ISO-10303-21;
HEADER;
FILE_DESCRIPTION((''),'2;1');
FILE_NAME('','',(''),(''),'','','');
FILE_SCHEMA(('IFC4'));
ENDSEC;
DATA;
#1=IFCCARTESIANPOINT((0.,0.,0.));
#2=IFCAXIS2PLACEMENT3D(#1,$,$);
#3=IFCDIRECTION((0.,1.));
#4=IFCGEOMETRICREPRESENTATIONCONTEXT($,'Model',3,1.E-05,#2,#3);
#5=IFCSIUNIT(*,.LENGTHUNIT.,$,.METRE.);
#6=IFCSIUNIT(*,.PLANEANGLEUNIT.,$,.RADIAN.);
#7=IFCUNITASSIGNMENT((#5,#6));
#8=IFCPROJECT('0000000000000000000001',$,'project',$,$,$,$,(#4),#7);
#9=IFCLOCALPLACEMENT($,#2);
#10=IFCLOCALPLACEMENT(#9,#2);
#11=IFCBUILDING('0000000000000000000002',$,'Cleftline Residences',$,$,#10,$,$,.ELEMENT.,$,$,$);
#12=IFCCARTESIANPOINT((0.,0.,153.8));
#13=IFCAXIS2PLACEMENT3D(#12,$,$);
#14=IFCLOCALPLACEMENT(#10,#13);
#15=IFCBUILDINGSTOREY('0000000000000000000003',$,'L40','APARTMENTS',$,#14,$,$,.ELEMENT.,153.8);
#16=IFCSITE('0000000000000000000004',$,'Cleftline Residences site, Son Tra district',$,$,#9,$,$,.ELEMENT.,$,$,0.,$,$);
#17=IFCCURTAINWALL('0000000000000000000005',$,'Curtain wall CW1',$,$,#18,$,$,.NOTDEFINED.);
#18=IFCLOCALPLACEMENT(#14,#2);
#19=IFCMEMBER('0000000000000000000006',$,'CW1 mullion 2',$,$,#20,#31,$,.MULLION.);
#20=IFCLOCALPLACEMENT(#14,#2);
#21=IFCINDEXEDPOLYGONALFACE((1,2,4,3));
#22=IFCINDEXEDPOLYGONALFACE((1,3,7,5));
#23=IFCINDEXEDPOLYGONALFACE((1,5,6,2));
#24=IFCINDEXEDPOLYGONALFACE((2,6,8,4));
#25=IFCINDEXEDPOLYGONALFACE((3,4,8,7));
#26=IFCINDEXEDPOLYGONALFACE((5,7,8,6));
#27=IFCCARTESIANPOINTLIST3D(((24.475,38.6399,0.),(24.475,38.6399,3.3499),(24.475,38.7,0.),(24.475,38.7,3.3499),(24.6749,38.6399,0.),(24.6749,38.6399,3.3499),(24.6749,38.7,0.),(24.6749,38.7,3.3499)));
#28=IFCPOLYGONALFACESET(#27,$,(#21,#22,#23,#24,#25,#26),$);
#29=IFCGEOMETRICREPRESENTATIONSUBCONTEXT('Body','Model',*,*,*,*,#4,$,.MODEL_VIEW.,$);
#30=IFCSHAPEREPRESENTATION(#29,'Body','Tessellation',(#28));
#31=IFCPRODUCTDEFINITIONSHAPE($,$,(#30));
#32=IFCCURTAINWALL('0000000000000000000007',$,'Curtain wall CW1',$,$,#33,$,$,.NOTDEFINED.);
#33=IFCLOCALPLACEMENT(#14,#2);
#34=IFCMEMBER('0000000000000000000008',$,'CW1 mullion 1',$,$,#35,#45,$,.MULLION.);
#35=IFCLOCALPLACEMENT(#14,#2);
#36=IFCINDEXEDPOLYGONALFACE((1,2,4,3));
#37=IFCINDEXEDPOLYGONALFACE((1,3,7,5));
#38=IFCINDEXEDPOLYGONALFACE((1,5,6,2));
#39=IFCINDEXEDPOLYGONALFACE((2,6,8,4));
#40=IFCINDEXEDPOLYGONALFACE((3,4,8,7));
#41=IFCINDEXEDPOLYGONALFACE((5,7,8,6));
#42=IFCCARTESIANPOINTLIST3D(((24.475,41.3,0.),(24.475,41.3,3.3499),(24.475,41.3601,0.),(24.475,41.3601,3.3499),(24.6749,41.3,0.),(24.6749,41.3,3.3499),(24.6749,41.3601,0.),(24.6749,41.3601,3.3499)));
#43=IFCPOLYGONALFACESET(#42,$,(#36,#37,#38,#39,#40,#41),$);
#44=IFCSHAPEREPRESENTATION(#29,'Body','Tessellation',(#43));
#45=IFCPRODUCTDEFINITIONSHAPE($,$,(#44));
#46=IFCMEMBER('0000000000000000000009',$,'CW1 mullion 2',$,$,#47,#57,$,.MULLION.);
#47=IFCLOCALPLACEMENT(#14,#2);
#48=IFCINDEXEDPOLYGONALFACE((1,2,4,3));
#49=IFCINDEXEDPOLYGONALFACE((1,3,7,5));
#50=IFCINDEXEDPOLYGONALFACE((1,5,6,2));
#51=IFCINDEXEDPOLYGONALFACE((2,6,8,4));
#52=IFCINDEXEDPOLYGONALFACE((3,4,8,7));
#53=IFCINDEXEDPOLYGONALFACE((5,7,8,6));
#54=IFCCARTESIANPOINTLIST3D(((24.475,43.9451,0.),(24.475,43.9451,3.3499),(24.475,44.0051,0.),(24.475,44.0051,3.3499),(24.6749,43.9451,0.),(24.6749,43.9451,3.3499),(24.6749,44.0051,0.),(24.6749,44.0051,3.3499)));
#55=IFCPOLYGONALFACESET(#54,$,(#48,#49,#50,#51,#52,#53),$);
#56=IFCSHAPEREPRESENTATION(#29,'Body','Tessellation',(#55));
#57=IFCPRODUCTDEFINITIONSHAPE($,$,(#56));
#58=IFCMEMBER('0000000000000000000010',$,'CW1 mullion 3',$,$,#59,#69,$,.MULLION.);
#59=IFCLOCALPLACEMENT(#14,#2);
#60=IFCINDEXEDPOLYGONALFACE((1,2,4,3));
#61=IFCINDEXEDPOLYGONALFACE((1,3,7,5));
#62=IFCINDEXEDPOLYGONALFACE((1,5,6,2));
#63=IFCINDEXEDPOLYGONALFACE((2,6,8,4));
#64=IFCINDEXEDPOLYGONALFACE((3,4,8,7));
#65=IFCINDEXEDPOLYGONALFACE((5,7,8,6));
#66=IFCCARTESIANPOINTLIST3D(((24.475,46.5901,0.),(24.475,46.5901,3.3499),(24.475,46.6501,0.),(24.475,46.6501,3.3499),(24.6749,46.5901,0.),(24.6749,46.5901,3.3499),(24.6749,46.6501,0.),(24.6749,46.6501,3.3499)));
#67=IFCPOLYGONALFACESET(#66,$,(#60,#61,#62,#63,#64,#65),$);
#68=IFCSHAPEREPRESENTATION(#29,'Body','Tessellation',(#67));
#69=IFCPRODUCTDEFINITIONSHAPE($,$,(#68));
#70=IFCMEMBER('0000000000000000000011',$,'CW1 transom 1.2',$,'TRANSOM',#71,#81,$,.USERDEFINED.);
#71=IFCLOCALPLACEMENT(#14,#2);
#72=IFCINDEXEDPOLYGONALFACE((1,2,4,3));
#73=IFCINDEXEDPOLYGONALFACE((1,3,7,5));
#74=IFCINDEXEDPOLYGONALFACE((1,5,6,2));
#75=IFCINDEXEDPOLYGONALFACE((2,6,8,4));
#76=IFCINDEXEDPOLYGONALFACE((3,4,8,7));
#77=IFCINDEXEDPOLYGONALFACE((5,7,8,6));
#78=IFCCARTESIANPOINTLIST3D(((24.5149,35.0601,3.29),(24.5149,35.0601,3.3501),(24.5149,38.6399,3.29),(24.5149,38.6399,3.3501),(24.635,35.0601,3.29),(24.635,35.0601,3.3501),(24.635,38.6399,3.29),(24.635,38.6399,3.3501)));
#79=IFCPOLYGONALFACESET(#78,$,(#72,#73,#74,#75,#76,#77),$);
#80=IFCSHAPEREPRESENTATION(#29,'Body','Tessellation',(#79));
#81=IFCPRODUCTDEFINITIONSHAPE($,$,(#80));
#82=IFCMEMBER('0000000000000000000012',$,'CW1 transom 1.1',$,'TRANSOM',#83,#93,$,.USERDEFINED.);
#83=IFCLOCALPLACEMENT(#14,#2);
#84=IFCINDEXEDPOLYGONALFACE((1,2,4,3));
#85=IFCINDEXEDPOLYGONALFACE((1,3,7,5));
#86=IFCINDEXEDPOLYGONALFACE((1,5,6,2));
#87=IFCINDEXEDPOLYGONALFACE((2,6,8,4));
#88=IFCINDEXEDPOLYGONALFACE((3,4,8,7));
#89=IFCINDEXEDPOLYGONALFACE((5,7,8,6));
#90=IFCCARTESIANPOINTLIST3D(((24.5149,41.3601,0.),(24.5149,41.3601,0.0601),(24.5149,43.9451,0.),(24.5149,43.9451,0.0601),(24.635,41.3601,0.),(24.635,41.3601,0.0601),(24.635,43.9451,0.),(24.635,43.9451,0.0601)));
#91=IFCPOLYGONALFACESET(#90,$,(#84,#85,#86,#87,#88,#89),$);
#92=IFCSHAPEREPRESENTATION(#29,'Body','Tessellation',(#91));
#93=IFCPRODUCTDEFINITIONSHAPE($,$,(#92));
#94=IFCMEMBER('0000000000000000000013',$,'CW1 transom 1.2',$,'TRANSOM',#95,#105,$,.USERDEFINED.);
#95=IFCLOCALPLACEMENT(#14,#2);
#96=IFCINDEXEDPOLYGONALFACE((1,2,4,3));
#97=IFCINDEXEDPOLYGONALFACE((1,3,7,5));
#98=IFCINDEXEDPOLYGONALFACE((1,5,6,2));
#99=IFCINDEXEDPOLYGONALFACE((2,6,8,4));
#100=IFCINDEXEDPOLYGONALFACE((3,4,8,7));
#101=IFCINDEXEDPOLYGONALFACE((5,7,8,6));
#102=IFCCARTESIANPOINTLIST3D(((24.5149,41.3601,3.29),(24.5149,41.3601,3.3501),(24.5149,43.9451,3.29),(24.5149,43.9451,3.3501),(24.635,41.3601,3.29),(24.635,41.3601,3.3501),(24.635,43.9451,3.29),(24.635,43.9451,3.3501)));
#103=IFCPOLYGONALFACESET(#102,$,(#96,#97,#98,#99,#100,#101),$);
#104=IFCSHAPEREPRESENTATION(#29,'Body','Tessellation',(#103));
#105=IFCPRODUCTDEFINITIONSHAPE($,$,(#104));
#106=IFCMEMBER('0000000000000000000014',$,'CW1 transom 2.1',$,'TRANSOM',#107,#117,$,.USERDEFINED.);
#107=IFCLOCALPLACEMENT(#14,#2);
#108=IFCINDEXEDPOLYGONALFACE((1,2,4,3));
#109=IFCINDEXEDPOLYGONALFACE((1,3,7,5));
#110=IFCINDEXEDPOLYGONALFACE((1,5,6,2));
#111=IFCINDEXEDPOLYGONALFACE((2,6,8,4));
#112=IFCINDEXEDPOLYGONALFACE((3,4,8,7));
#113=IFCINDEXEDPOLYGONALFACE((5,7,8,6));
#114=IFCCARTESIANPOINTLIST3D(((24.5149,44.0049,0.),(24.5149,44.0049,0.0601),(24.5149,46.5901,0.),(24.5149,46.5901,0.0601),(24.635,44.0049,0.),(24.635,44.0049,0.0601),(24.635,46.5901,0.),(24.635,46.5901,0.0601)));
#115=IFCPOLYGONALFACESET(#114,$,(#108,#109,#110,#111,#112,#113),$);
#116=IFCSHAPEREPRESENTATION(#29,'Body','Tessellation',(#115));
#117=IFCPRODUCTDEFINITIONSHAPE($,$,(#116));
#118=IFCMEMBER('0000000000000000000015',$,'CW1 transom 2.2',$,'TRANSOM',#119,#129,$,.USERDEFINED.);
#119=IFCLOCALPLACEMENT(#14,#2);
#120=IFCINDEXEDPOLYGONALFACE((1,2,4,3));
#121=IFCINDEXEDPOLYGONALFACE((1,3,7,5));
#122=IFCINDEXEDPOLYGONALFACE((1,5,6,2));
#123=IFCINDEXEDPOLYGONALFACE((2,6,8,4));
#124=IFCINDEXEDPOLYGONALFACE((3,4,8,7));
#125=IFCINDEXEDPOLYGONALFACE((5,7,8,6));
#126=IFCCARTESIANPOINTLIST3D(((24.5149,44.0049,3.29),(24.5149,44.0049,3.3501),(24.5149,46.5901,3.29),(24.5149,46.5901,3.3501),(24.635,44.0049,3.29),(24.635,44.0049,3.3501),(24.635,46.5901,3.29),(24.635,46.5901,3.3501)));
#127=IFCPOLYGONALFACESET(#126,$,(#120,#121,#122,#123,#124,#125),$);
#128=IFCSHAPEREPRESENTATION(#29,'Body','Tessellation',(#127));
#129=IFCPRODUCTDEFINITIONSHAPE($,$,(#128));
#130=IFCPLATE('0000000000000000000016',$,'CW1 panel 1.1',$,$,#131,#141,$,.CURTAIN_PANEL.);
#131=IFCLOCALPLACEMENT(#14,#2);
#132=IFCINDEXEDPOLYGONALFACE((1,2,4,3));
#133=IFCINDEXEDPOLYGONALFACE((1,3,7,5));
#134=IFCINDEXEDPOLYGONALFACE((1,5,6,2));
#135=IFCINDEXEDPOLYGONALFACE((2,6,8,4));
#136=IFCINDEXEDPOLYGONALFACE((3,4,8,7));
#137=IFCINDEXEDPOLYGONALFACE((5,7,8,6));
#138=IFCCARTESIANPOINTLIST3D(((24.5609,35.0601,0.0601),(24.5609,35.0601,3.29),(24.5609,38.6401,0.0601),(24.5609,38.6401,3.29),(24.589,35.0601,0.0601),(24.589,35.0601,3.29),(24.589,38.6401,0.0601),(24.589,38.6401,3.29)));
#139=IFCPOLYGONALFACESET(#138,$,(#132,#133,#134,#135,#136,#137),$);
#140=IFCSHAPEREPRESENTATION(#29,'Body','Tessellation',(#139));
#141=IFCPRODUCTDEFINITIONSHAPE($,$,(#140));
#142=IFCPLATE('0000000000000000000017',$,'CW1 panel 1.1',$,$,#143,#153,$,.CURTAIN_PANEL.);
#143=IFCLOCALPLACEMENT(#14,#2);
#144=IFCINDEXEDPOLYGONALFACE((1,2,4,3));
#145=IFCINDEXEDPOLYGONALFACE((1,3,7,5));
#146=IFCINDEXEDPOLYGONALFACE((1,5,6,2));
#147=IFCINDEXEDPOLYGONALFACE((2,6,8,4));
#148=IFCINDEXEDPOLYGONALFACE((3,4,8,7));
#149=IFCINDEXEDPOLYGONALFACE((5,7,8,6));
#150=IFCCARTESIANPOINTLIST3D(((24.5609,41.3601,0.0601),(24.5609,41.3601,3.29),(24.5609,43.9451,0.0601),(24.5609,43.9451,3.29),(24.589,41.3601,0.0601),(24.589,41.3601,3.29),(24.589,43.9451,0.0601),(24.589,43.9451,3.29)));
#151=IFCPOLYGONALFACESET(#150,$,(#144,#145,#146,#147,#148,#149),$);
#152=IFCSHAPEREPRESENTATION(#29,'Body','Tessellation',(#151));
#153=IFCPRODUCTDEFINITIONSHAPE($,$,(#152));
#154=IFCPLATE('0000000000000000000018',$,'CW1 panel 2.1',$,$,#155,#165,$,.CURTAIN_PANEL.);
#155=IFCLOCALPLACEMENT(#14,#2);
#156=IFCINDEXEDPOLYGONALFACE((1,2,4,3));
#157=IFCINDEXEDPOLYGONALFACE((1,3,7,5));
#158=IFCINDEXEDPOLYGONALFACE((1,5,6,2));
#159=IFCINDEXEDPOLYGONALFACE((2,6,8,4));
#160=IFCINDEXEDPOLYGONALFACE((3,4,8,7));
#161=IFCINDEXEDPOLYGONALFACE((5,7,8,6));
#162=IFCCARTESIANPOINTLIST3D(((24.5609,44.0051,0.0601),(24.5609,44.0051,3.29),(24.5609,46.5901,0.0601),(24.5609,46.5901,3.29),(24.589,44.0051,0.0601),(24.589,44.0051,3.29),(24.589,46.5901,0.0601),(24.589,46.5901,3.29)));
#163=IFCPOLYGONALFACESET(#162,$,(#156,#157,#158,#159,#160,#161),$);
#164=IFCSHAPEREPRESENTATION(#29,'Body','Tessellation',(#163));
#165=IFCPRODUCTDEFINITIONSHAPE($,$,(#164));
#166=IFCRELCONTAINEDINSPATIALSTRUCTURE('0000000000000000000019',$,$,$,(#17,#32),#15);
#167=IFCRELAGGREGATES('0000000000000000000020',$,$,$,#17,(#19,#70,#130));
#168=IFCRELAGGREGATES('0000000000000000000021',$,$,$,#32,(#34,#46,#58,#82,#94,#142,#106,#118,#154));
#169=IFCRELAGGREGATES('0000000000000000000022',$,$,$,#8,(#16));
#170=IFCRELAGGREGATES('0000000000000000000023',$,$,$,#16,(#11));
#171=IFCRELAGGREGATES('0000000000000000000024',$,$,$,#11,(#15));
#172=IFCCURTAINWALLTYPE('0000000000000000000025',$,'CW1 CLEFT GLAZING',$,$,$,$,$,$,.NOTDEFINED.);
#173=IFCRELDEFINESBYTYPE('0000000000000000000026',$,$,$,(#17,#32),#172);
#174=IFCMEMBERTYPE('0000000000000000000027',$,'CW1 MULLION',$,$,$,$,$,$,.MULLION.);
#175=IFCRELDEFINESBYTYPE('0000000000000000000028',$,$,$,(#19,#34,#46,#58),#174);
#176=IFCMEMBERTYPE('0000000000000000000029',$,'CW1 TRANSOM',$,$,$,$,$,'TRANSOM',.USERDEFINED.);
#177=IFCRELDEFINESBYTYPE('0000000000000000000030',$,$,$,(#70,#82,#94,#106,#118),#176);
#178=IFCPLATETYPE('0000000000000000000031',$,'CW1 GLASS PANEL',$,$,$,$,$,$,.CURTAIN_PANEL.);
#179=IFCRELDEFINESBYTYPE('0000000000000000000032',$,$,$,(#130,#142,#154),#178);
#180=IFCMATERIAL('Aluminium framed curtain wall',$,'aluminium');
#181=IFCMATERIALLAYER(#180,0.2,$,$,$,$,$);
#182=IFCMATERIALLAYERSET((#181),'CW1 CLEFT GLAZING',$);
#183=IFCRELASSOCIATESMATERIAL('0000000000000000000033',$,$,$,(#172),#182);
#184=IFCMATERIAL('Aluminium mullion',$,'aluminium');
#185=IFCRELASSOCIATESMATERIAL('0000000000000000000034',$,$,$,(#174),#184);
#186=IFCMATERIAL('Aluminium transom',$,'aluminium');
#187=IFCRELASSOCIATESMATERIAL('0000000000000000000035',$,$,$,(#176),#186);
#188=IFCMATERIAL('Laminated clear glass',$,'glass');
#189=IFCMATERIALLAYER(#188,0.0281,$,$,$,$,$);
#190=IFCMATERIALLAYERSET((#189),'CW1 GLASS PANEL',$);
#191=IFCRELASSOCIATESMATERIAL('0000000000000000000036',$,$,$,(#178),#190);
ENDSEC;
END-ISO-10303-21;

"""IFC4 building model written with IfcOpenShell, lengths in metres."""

from ifc_helpers import new_model, si_unit, direction, frame, origin, origin_2d, place, context, subcontext, project, spatial, rectangle, extrude, material, layer, layer_set, material_profile, profile_set, type_object, element, aggregate, save


model = new_model("IFC4")

# Units and contexts
model_context = context("Model", 3, precision=1e-05, world=origin(), true_north=direction((0.0, 1.0)))
body_context = subcontext(model_context, "Body", "Model", "MODEL_VIEW")
ifc_project = project(units=[si_unit("LENGTHUNIT", "METRE"), si_unit("PLANEANGLEUNIT", "RADIAN")], contexts=[model_context])

# Site, building, storey
site_placement = place(None, origin())
site = spatial("IfcSite", under=ifc_project, at=site_placement, Name="Cleftline Residences site, Son Tra district", CompositionType="ELEMENT", RefElevation=0.0)
building_placement = place(site_placement, origin())
building = spatial("IfcBuilding", under=site, at=building_placement, Name="Cleftline Residences", CompositionType="ELEMENT")
storey_placement = place(building_placement, frame((0.0, 0.0, 153.8)))
storey = spatial("IfcBuildingStorey", under=building, at=storey_placement, Name="L40", Description="APARTMENTS", CompositionType="ELEMENT", Elevation=153.8)

# Curtain wall, member
ifc_material_1 = material(Name="Aluminium framed curtain wall", Category="aluminium")
ifc_layer_1 = layer(ifc_material_1, 0.2)
ifc_layer_set_1 = layer_set([ifc_layer_1], Name="CW1 CLEFT GLAZING")
curtain_wall_type = type_object("IfcCurtainWallType", Name="CW1 CLEFT GLAZING", PredefinedType="NOTDEFINED", material=ifc_layer_set_1)
curtain_wall_1_placement = place(storey_placement, origin())
curtain_wall_1 = element("IfcCurtainWall", 1, at=curtain_wall_1_placement, inside=storey, type_object=curtain_wall_type, Name="Curtain wall CW1", PredefinedType="NOTDEFINED")
ifc_material_2 = material(Name="Aluminium mullion", Category="aluminium")
ifc_material_profile_1 = material_profile(ifc_material_2, rectangle(XDim=0.2, YDim=0.0601, at=origin_2d()))
ifc_profile_set_1 = profile_set([ifc_material_profile_1], Name="Aluminium mullion")
member_type_1 = type_object("IfcMemberType", Name="CW1 MULLION", PredefinedType="MULLION", material=ifc_profile_set_1)
member_1_placement = place(storey_placement, frame((24.575, 38.6699, 0.0), z_axis=(0.0, 0.0, 1.0), x_axis=(-1.0, 0.0, 0.0)))
member_1 = element("IfcMember", 2, at=member_1_placement, type_object=member_type_1, Name="CW1 mullion 2", PredefinedType="MULLION", context=body_context, shape_type="SweptSolid", body=[
    extrude(rectangle(XDim=0.2, YDim=0.0601, at=origin_2d()), origin(), (0.0, 0.0, 1.0), 3.3499),
])

# Curtain wall, members
curtain_wall_2_placement = place(storey_placement, origin())
curtain_wall_2 = element("IfcCurtainWall", 3, at=curtain_wall_2_placement, inside=storey, type_object=curtain_wall_type, Name="Curtain wall CW1", PredefinedType="NOTDEFINED")
member_2_placement = place(storey_placement, frame((24.575, 41.3301, 0.0), z_axis=(0.0, 0.0, 1.0), x_axis=(-1.0, 0.0, 0.0)))
member_2 = element("IfcMember", 4, at=member_2_placement, type_object=member_type_1, Name="CW1 mullion 1", PredefinedType="MULLION", context=body_context, shape_type="SweptSolid", body=[
    extrude(rectangle(XDim=0.2, YDim=0.0601, at=origin_2d()), origin(), (0.0, 0.0, 1.0), 3.3499),
])
member_3_placement = place(storey_placement, frame((24.575, 43.9751, 0.0), z_axis=(0.0, 0.0, 1.0), x_axis=(-1.0, 0.0, 0.0)))
member_3 = element("IfcMember", 5, at=member_3_placement, type_object=member_type_1, Name="CW1 mullion 2", PredefinedType="MULLION", context=body_context, shape_type="SweptSolid", body=[
    extrude(rectangle(XDim=0.2, YDim=0.0601, at=origin_2d()), origin(), (0.0, 0.0, 1.0), 3.3499),
])
member_4_placement = place(storey_placement, frame((24.575, 46.6201, 0.0), z_axis=(0.0, 0.0, 1.0), x_axis=(-1.0, 0.0, 0.0)))
member_4 = element("IfcMember", 6, at=member_4_placement, type_object=member_type_1, Name="CW1 mullion 3", PredefinedType="MULLION", context=body_context, shape_type="SweptSolid", body=[
    extrude(rectangle(XDim=0.2, YDim=0.0601, at=origin_2d()), origin(), (0.0, 0.0, 1.0), 3.3499),
])

# Members
ifc_material_3 = material(Name="Aluminium transom", Category="aluminium")
ifc_material_profile_2 = material_profile(ifc_material_3, rectangle(XDim=0.1201, YDim=0.0601, at=origin_2d()))
ifc_profile_set_2 = profile_set([ifc_material_profile_2], Name="Aluminium transom")
member_type_2 = type_object("IfcMemberType", Name="CW1 TRANSOM", ElementType="TRANSOM", PredefinedType="USERDEFINED", material=ifc_profile_set_2)
member_5_placement = place(storey_placement, frame((24.575, 35.0601, 3.3201), z_axis=(0.0, 1.0, 0.0), x_axis=(-1.0, 0.0, 0.0)))
member_5 = element("IfcMember", 7, at=member_5_placement, type_object=member_type_2, Name="CW1 transom 1.2", ObjectType="TRANSOM", PredefinedType="USERDEFINED", context=body_context, shape_type="SweptSolid", body=[
    extrude(rectangle(XDim=0.1201, YDim=0.0601, at=origin_2d()), origin(), (0.0, 0.0, 1.0), 3.5798),
])
member_6_placement = place(storey_placement, frame((24.575, 41.3601, 0.03), z_axis=(0.0, 1.0, 0.0), x_axis=(-1.0, 0.0, 0.0)))
member_6 = element("IfcMember", 8, at=member_6_placement, type_object=member_type_2, Name="CW1 transom 1.1", ObjectType="TRANSOM", PredefinedType="USERDEFINED", context=body_context, shape_type="SweptSolid", body=[
    extrude(rectangle(XDim=0.1201, YDim=0.0601, at=origin_2d()), origin(), (0.0, 0.0, 1.0), 2.585),
])
member_7_placement = place(storey_placement, frame((24.575, 41.3601, 3.3201), z_axis=(0.0, 1.0, 0.0), x_axis=(-1.0, 0.0, 0.0)))
member_7 = element("IfcMember", 9, at=member_7_placement, type_object=member_type_2, Name="CW1 transom 1.2", ObjectType="TRANSOM", PredefinedType="USERDEFINED", context=body_context, shape_type="SweptSolid", body=[
    extrude(rectangle(XDim=0.1201, YDim=0.0601, at=origin_2d()), origin(), (0.0, 0.0, 1.0), 2.585),
])
member_8_placement = place(storey_placement, frame((24.575, 44.0049, 0.03), z_axis=(0.0, 1.0, 0.0), x_axis=(-1.0, 0.0, 0.0)))
member_8 = element("IfcMember", 10, at=member_8_placement, type_object=member_type_2, Name="CW1 transom 2.1", ObjectType="TRANSOM", PredefinedType="USERDEFINED", context=body_context, shape_type="SweptSolid", body=[
    extrude(rectangle(XDim=0.1201, YDim=0.0601, at=origin_2d()), origin(), (0.0, 0.0, 1.0), 2.5852),
])
member_9_placement = place(storey_placement, frame((24.575, 44.0049, 3.3201), z_axis=(0.0, 1.0, 0.0), x_axis=(-1.0, 0.0, 0.0)))
member_9 = element("IfcMember", 11, at=member_9_placement, type_object=member_type_2, Name="CW1 transom 2.2", ObjectType="TRANSOM", PredefinedType="USERDEFINED", context=body_context, shape_type="SweptSolid", body=[
    extrude(rectangle(XDim=0.1201, YDim=0.0601, at=origin_2d()), origin(), (0.0, 0.0, 1.0), 2.5852),
])

# Plates
ifc_material_4 = material(Name="Laminated clear glass", Category="glass")
ifc_layer_2 = layer(ifc_material_4, 0.0281)
ifc_layer_set_2 = layer_set([ifc_layer_2], Name="CW1 GLASS PANEL")
plate_type = type_object("IfcPlateType", Name="CW1 GLASS PANEL", PredefinedType="CURTAIN_PANEL", material=ifc_layer_set_2)
plate_1_placement = place(storey_placement, frame((24.575, 36.8501, 0.0601), z_axis=(0.0, 0.0, 1.0), x_axis=(0.0, 1.0, 0.0)))
plate_1 = element("IfcPlate", 12, at=plate_1_placement, type_object=plate_type, Name="CW1 panel 1.1", PredefinedType="CURTAIN_PANEL", context=body_context, shape_type="SweptSolid", body=[
    extrude(rectangle(XDim=3.5801, YDim=0.0281, at=origin_2d()), origin(), (0.0, 0.0, 1.0), 3.23),
])
aggregate(curtain_wall_1, [member_1, member_5, plate_1])
plate_2_placement = place(storey_placement, frame((24.575, 42.6526, 0.0601), z_axis=(0.0, 0.0, 1.0), x_axis=(0.0, 1.0, 0.0)))
plate_2 = element("IfcPlate", 13, at=plate_2_placement, type_object=plate_type, Name="CW1 panel 1.1", PredefinedType="CURTAIN_PANEL", context=body_context, shape_type="SweptSolid", body=[
    extrude(rectangle(XDim=2.585, YDim=0.0281, at=origin_2d()), origin(), (0.0, 0.0, 1.0), 3.23),
])
plate_3_placement = place(storey_placement, frame((24.575, 45.2976, 0.0601), z_axis=(0.0, 0.0, 1.0), x_axis=(0.0, 1.0, 0.0)))
plate_3 = element("IfcPlate", 14, at=plate_3_placement, type_object=plate_type, Name="CW1 panel 2.1", PredefinedType="CURTAIN_PANEL", context=body_context, shape_type="SweptSolid", body=[
    extrude(rectangle(XDim=2.585, YDim=0.0281, at=origin_2d()), origin(), (0.0, 0.0, 1.0), 3.23),
])
aggregate(curtain_wall_2, [member_2, member_3, member_4, member_6, member_7, plate_2, member_8, member_9, plate_3])

save(model, "model.ifc")
